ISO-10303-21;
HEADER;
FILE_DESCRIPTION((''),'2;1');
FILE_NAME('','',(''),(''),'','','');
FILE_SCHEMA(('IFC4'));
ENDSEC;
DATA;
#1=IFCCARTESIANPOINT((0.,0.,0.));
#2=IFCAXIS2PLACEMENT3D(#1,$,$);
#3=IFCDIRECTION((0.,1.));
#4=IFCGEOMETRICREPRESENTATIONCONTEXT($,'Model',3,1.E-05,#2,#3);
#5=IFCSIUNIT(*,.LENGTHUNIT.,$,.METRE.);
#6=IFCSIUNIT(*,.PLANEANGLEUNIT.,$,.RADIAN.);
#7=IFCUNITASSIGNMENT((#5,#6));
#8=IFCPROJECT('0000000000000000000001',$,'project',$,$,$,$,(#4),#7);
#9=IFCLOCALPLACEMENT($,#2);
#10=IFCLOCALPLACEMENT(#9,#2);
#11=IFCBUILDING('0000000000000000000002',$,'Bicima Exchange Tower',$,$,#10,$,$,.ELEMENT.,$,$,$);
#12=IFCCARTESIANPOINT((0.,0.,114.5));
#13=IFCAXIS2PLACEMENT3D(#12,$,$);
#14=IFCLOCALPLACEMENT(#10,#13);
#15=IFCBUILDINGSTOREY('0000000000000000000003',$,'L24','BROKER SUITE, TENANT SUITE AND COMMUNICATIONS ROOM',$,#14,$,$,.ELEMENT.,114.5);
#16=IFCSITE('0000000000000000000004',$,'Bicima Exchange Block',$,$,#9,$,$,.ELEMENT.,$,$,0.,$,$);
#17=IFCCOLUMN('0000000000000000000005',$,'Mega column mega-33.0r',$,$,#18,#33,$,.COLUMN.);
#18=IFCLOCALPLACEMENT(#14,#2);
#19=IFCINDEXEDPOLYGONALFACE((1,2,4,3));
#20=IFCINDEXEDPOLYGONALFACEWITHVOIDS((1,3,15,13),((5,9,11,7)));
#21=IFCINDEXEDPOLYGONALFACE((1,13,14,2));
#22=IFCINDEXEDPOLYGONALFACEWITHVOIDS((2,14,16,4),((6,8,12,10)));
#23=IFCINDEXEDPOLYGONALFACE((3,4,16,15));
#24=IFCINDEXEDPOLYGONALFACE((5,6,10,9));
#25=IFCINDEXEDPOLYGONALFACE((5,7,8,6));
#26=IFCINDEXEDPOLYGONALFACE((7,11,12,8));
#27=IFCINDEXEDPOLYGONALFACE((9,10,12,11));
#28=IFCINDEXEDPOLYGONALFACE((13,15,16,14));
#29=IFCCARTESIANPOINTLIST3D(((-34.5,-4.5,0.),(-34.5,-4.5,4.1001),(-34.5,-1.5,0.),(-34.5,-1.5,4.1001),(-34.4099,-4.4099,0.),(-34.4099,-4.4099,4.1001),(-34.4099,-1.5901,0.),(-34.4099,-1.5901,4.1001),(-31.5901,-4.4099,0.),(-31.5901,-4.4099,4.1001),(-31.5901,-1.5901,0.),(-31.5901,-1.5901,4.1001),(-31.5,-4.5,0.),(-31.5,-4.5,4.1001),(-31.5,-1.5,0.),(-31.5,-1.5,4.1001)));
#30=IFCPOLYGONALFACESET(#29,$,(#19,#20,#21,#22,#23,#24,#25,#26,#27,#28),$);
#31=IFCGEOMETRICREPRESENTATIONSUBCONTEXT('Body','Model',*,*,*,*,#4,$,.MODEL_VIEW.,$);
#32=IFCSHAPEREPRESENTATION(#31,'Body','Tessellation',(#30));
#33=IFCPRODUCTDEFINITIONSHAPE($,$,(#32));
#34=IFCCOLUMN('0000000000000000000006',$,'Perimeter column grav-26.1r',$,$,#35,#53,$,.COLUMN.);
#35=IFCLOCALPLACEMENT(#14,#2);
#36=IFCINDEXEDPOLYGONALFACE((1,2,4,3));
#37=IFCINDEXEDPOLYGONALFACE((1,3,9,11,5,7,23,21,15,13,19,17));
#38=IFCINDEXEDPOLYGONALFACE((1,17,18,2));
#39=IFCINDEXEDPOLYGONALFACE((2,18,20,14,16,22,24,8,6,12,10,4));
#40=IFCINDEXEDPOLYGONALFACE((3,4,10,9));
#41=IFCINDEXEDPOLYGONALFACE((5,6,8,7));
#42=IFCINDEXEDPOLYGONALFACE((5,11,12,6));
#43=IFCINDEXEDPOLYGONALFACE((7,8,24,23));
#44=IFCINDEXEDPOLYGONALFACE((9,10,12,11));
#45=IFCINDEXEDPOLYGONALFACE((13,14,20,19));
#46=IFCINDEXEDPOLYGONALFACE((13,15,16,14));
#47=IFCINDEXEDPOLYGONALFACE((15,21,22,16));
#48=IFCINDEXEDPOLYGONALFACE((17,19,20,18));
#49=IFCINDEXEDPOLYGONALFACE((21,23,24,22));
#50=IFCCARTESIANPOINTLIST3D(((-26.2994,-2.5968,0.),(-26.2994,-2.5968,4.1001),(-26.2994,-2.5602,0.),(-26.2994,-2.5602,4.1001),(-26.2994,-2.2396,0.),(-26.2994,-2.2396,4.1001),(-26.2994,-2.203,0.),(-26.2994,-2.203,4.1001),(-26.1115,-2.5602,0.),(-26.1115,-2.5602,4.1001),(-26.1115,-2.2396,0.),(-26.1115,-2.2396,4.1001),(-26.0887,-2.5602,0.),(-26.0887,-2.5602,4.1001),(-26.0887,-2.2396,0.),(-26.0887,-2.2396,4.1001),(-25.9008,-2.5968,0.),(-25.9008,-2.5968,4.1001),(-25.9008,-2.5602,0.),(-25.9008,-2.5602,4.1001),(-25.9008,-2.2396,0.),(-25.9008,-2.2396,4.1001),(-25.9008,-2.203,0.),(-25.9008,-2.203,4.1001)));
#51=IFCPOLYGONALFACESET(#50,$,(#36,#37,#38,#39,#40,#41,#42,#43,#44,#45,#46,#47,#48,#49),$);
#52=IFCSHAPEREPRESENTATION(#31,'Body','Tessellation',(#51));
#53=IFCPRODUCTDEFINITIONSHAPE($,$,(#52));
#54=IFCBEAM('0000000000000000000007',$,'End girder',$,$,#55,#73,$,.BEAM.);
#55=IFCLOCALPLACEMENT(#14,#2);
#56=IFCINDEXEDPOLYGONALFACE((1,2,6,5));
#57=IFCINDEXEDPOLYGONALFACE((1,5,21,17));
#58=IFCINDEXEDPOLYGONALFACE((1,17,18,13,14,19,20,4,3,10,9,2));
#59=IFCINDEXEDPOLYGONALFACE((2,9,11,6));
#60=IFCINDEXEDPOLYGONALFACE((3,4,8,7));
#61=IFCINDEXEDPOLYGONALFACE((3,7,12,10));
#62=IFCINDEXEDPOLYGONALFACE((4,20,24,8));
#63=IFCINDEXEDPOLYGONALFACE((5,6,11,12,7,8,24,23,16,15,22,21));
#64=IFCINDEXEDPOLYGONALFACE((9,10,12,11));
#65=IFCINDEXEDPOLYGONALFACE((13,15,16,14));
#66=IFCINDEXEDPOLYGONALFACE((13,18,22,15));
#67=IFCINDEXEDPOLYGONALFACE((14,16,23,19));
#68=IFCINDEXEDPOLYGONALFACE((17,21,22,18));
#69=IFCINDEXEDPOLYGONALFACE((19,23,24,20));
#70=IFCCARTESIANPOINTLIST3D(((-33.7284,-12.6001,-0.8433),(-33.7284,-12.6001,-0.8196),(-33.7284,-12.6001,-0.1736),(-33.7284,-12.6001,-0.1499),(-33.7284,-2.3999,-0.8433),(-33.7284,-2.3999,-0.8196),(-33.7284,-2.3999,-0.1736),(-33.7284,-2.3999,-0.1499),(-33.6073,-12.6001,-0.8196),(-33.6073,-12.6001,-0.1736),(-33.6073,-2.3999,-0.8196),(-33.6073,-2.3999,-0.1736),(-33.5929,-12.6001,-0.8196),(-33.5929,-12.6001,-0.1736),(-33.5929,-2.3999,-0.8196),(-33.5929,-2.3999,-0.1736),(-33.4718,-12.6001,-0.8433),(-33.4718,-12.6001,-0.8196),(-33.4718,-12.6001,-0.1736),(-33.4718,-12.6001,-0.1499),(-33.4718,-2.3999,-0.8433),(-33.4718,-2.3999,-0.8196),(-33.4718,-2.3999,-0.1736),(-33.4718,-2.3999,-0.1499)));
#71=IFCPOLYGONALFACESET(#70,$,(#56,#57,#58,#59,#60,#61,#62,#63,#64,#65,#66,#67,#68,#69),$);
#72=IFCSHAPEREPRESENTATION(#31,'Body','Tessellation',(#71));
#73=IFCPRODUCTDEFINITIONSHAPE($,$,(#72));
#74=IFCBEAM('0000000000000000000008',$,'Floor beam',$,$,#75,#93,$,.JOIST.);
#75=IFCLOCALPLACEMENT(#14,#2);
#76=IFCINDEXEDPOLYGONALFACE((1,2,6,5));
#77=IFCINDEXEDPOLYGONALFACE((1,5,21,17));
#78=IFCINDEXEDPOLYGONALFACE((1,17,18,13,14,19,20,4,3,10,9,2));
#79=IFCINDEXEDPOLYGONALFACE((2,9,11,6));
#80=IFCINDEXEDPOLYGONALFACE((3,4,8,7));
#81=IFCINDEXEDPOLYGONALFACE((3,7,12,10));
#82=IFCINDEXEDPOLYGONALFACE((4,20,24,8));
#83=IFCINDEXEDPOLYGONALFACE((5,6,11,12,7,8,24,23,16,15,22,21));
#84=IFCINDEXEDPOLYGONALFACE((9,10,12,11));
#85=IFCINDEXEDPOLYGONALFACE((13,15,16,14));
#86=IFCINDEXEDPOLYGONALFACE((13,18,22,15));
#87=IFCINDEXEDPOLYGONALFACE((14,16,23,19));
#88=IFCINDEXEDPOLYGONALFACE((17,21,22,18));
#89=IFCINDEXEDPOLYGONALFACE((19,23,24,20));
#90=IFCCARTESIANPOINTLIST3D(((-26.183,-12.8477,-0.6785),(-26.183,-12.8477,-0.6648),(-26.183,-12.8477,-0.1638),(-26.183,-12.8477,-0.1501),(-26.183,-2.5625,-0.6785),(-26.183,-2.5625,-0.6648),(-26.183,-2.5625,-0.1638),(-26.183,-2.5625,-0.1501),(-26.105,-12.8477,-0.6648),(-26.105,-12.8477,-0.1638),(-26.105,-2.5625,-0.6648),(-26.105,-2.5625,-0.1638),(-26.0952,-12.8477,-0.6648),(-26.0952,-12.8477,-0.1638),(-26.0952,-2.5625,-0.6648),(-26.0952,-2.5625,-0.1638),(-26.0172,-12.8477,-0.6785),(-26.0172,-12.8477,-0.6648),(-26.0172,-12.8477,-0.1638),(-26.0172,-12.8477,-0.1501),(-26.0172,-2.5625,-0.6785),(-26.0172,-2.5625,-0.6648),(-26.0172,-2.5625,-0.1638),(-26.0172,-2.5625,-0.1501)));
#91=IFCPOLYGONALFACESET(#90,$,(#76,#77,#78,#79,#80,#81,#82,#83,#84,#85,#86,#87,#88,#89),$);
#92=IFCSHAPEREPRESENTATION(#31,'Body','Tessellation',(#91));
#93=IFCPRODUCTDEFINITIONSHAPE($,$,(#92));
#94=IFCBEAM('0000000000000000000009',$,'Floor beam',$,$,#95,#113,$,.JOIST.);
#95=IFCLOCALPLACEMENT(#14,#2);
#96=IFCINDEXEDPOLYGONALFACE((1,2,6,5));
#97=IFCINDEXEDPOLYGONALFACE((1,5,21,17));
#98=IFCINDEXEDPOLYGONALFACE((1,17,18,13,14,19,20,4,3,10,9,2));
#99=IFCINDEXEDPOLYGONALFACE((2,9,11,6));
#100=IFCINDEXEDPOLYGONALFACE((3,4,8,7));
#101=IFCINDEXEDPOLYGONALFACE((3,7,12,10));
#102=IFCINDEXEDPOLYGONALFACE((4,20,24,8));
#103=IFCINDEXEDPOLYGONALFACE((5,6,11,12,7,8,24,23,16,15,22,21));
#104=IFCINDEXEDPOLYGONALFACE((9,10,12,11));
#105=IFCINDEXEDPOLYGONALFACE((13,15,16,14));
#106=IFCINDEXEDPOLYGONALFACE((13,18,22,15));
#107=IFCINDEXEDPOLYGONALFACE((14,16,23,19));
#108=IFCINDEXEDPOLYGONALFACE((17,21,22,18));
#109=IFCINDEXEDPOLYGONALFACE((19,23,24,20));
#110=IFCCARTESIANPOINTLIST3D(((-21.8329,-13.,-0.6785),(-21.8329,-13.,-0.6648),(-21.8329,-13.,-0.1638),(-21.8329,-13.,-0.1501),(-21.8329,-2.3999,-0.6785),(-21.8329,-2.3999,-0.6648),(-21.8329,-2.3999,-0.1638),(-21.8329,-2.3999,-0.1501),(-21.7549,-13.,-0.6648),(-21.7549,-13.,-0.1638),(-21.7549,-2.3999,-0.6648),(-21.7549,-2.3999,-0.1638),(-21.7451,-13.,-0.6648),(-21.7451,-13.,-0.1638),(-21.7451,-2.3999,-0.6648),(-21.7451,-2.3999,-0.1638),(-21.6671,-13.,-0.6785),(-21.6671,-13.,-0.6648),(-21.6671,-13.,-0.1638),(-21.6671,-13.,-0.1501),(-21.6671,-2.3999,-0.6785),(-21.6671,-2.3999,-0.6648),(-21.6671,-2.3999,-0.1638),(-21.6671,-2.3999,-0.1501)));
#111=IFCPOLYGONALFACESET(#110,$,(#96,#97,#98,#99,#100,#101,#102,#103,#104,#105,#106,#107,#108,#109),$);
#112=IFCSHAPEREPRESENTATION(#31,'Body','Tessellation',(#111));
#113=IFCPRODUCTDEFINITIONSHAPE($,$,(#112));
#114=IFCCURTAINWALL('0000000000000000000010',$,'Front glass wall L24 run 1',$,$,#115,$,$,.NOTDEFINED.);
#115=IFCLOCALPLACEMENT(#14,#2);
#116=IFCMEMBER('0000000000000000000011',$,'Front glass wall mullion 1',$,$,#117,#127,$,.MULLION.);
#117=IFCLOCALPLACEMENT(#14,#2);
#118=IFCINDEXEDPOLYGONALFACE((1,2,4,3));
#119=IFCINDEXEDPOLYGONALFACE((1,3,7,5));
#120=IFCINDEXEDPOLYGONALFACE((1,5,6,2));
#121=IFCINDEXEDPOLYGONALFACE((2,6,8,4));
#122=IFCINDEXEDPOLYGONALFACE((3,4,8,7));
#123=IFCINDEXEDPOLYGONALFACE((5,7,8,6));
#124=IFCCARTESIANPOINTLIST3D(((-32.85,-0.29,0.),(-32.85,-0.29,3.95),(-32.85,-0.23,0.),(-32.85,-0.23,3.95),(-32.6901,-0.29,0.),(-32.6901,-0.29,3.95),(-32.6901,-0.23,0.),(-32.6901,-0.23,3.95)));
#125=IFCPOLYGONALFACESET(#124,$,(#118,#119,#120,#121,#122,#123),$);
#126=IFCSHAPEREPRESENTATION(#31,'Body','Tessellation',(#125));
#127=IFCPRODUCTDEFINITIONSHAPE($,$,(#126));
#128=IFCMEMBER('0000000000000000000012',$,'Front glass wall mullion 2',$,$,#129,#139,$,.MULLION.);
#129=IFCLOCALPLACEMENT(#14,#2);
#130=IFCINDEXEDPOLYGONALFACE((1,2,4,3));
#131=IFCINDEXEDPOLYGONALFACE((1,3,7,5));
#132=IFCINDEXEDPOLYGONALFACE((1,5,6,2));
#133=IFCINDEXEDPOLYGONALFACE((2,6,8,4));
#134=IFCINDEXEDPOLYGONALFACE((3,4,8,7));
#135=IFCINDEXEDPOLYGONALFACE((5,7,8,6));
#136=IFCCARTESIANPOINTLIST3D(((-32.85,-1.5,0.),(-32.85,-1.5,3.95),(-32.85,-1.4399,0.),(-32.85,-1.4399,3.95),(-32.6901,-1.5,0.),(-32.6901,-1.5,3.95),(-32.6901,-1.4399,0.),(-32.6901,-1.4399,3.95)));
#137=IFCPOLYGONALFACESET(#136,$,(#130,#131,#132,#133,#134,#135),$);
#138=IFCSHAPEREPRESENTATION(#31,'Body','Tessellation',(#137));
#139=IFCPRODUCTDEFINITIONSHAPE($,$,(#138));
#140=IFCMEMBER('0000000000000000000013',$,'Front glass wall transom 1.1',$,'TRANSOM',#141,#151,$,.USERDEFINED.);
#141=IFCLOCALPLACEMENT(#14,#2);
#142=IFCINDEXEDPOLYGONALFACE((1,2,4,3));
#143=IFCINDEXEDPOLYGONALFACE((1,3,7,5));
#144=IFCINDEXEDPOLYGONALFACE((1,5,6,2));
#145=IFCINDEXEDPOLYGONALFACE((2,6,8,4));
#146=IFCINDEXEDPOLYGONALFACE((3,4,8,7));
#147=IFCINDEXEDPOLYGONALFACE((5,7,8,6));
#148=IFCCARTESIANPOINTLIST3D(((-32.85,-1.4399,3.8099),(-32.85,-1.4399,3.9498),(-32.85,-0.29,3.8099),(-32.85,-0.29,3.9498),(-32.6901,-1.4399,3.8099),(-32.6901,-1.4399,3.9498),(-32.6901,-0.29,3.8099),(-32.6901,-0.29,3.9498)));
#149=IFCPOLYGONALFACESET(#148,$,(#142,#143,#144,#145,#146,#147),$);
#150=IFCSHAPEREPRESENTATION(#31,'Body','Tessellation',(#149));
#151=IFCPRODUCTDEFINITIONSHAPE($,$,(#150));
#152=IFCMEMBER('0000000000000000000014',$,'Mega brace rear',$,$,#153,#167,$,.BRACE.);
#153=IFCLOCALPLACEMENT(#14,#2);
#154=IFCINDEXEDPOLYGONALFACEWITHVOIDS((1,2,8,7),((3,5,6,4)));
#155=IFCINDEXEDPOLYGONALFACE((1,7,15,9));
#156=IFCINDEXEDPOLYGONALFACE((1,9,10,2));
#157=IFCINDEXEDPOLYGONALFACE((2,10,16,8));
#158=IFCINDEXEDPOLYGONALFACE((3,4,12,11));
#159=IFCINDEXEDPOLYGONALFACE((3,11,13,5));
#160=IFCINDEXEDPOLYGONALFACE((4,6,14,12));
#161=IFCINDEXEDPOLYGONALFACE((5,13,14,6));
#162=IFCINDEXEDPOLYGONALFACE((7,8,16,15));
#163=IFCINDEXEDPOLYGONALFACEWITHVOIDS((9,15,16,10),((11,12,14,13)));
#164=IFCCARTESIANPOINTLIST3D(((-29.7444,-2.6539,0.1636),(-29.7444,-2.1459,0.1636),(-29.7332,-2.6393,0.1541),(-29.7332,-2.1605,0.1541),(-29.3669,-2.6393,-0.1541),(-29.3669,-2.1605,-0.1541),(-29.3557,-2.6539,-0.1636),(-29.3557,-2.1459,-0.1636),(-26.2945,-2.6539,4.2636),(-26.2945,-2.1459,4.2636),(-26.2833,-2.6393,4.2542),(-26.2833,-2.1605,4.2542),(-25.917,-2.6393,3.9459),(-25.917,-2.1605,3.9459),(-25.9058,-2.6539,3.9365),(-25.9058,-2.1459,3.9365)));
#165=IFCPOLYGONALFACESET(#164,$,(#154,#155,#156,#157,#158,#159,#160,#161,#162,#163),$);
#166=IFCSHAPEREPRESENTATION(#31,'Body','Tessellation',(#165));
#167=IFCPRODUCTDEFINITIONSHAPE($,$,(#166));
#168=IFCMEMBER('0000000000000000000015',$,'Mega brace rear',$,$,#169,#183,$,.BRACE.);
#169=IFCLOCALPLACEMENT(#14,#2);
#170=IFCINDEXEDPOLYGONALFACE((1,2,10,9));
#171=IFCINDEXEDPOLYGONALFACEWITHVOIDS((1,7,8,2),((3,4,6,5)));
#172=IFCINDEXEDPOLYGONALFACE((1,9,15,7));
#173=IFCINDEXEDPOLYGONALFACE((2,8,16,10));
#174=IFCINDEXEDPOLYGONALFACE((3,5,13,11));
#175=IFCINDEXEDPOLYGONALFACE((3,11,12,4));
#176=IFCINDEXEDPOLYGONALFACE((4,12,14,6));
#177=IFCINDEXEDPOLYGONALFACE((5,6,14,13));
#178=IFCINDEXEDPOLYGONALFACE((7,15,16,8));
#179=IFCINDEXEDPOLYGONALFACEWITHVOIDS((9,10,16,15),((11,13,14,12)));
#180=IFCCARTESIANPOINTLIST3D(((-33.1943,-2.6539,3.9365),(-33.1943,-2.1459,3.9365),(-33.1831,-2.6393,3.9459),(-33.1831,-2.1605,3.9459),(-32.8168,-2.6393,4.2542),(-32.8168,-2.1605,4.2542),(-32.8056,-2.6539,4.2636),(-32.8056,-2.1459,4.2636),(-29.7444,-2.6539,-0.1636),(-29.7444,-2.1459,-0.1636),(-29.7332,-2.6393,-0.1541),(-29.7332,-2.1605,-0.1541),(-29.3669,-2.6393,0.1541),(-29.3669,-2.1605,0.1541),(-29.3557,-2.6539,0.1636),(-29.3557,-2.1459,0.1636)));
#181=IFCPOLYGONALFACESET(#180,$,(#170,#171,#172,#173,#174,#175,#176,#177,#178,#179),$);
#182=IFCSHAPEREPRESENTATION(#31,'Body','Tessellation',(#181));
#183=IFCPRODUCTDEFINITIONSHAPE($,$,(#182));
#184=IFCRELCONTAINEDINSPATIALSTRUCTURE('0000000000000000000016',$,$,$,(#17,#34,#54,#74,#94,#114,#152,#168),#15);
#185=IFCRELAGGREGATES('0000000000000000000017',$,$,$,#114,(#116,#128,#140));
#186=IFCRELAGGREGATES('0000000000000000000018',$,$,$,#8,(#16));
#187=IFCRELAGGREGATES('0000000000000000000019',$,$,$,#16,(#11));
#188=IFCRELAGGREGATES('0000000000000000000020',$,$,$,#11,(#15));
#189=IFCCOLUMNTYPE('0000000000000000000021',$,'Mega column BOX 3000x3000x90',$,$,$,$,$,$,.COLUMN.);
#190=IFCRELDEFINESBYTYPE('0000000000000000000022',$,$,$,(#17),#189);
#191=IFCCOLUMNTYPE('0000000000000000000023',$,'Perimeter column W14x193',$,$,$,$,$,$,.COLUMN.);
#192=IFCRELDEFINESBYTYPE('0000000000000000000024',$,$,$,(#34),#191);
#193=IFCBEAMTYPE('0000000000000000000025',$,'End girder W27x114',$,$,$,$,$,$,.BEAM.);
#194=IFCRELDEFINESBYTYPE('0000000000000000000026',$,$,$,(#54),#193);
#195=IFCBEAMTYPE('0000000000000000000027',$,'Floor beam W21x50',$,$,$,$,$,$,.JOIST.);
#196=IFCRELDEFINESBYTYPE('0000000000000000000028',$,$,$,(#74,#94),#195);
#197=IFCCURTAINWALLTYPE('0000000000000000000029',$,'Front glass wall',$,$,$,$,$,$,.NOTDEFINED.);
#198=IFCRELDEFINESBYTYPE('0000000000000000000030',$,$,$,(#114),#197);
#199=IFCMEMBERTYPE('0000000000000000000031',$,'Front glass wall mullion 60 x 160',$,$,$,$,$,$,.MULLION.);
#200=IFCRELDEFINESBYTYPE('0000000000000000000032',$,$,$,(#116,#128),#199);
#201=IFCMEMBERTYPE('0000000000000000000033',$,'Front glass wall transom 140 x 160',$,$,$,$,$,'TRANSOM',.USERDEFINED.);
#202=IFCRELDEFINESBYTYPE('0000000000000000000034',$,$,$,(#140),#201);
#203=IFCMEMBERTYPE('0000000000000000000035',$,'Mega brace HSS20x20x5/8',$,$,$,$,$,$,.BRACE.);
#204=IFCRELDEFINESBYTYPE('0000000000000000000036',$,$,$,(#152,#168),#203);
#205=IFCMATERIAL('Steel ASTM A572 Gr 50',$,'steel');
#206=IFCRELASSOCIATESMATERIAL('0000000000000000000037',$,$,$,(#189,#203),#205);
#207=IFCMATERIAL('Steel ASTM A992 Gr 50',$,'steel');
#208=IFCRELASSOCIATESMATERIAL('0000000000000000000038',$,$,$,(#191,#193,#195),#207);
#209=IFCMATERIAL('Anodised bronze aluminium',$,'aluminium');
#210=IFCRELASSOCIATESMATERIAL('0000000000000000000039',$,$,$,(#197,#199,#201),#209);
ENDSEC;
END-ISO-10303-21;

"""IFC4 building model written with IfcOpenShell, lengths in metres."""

from ifc_helpers import new_model, si_unit, direction, frame, origin, origin_2d, place, context, subcontext, project, spatial, rectangle, hollow_rectangle, i_section, extrude, material, material_profile, profile_set, type_object, element, aggregate, save


model = new_model("IFC4")

# Units and contexts
model_context = context("Model", 3, precision=1e-05, world=origin(), true_north=direction((0.0, 1.0)))
body_context = subcontext(model_context, "Body", "Model", "MODEL_VIEW")
ifc_project = project(units=[si_unit("LENGTHUNIT", "METRE"), si_unit("PLANEANGLEUNIT", "RADIAN")], contexts=[model_context])

# Site, building, storey
site_placement = place(None, origin())
site = spatial("IfcSite", under=ifc_project, at=site_placement, Name="Bicima Exchange Block", CompositionType="ELEMENT", RefElevation=0.0)
building_placement = place(site_placement, origin())
building = spatial("IfcBuilding", under=site, at=building_placement, Name="Bicima Exchange Tower", CompositionType="ELEMENT")
storey_placement = place(building_placement, frame((0.0, 0.0, 114.5)))
storey = spatial("IfcBuildingStorey", under=building, at=storey_placement, Name="L24", Description="BROKER SUITE, TENANT SUITE AND COMMUNICATIONS ROOM", CompositionType="ELEMENT", Elevation=114.5)

# Columns
ifc_material_1 = material(Name="Steel ASTM A572 Gr 50", Category="steel")
ifc_material_profile_1 = material_profile(ifc_material_1, hollow_rectangle(XDim=3.0, YDim=3.0, WallThickness=0.0901, at=origin_2d()))
ifc_profile_set_1 = profile_set([ifc_material_profile_1], Name="Steel ASTM A572 Gr 50")
column_type_1 = type_object("IfcColumnType", Name="Mega column BOX 3000x3000x90", PredefinedType="COLUMN", material=ifc_profile_set_1)
column_1_placement = place(storey_placement, frame((-33.0, -3.0, 0.0), z_axis=(0.0, 0.0, 1.0), x_axis=(1.0, 0.0, 0.0)))
element("IfcColumn", 1, at=column_1_placement, inside=storey, type_object=column_type_1, Name="Mega column mega-33.0r", PredefinedType="COLUMN", context=body_context, shape_type="SweptSolid", body=[
    extrude(hollow_rectangle(XDim=3.0, YDim=3.0, WallThickness=0.0901, at=origin_2d()), origin(), (0.0, 0.0, 1.0), 4.1001),
])
ifc_material_2 = material(Name="Steel ASTM A992 Gr 50", Category="steel")
ifc_material_profile_2 = material_profile(ifc_material_2, i_section(OverallWidth=0.3987, OverallDepth=0.3938, WebThickness=0.0227, FlangeThickness=0.0366, at=origin_2d()))
ifc_profile_set_2 = profile_set([ifc_material_profile_2], Name="Steel ASTM A992 Gr 50")
column_type_2 = type_object("IfcColumnType", Name="Perimeter column W14x193", PredefinedType="COLUMN", material=ifc_profile_set_2)
column_2_placement = place(storey_placement, frame((-26.1001, -2.3999, 0.0), z_axis=(0.0, 0.0, 1.0), x_axis=(1.0, 0.0, 0.0)))
element("IfcColumn", 2, at=column_2_placement, inside=storey, type_object=column_type_2, Name="Perimeter column grav-26.1r", PredefinedType="COLUMN", context=body_context, shape_type="SweptSolid", body=[
    extrude(i_section(OverallWidth=0.3987, OverallDepth=0.3938, WebThickness=0.0227, FlangeThickness=0.0366, at=origin_2d()), origin(), (0.0, 0.0, 1.0), 4.1001),
])

# Beams
ifc_material_profile_3 = material_profile(ifc_material_2, i_section(OverallWidth=0.2566, OverallDepth=0.6934, WebThickness=0.0144, FlangeThickness=0.0237, at=origin_2d()))
ifc_profile_set_3 = profile_set([ifc_material_profile_3], Name="Steel ASTM A992 Gr 50")
beam_type_1 = type_object("IfcBeamType", Name="End girder W27x114", PredefinedType="BEAM", material=ifc_profile_set_3)
beam_1_placement = place(storey_placement, frame((-33.6001, -2.3999, -0.4966), z_axis=(0.0, -1.0, 0.0), x_axis=(1.0, 0.0, 0.0)))
element("IfcBeam", 3, at=beam_1_placement, inside=storey, type_object=beam_type_1, Name="End girder", PredefinedType="BEAM", context=body_context, shape_type="SweptSolid", body=[
    extrude(i_section(OverallWidth=0.2566, OverallDepth=0.6934, WebThickness=0.0144, FlangeThickness=0.0237, at=origin_2d()), origin(), (0.0, 0.0, 1.0), 10.2002),
])
ifc_material_profile_4 = material_profile(ifc_material_2, i_section(OverallWidth=0.1658, OverallDepth=0.5283, WebThickness=0.0098, FlangeThickness=0.0137, at=origin_2d()))
ifc_profile_set_4 = profile_set([ifc_material_profile_4], Name="Steel ASTM A992 Gr 50")
beam_type_2 = type_object("IfcBeamType", Name="Floor beam W21x50", PredefinedType="JOIST", material=ifc_profile_set_4)
beam_2_placement = place(storey_placement, frame((-26.1001, -2.5625, -0.4143), z_axis=(0.0, -1.0, 0.0), x_axis=(1.0, 0.0, 0.0)))
element("IfcBeam", 4, at=beam_2_placement, inside=storey, type_object=beam_type_2, Name="Floor beam", PredefinedType="JOIST", context=body_context, shape_type="SweptSolid", body=[
    extrude(i_section(OverallWidth=0.1658, OverallDepth=0.5283, WebThickness=0.0098, FlangeThickness=0.0137, at=origin_2d()), origin(), (0.0, 0.0, 1.0), 10.2852),
])
beam_3_placement = place(storey_placement, frame((-21.75, -2.3999, -0.4143), z_axis=(0.0, -1.0, 0.0), x_axis=(1.0, 0.0, 0.0)))
element("IfcBeam", 5, at=beam_3_placement, inside=storey, type_object=beam_type_2, Name="Floor beam", PredefinedType="JOIST", context=body_context, shape_type="SweptSolid", body=[
    extrude(i_section(OverallWidth=0.1658, OverallDepth=0.5283, WebThickness=0.0098, FlangeThickness=0.0137, at=origin_2d()), origin(), (0.0, 0.0, 1.0), 10.6001),
])

# Curtain wall, members
ifc_material_3 = material(Name="Anodised bronze aluminium", Category="aluminium")
curtain_wall_type = type_object("IfcCurtainWallType", Name="Front glass wall", PredefinedType="NOTDEFINED", material=ifc_material_3)
curtain_wall_placement = place(storey_placement, origin())
curtain_wall = element("IfcCurtainWall", 6, at=curtain_wall_placement, inside=storey, type_object=curtain_wall_type, Name="Front glass wall L24 run 1", PredefinedType="NOTDEFINED")
ifc_material_profile_5 = material_profile(ifc_material_3, rectangle(XDim=0.1599, YDim=0.0601, at=origin_2d()))
ifc_profile_set_5 = profile_set([ifc_material_profile_5], Name="Anodised bronze aluminium")
member_type_1 = type_object("IfcMemberType", Name="Front glass wall mullion 60 x 160", PredefinedType="MULLION", material=ifc_profile_set_5)
member_1_placement = place(storey_placement, frame((-32.77, -0.26, 0.0), z_axis=(0.0, 0.0, 1.0), x_axis=(1.0, 0.0, 0.0)))
member_1 = element("IfcMember", 7, at=member_1_placement, type_object=member_type_1, Name="Front glass wall mullion 1", PredefinedType="MULLION", context=body_context, shape_type="SweptSolid", body=[
    extrude(rectangle(XDim=0.1599, YDim=0.0601, at=origin_2d()), origin(), (0.0, 0.0, 1.0), 3.95),
])
member_2_placement = place(storey_placement, frame((-32.77, -1.47, 0.0), z_axis=(0.0, 0.0, 1.0), x_axis=(1.0, 0.0, 0.0)))
member_2 = element("IfcMember", 8, at=member_2_placement, type_object=member_type_1, Name="Front glass wall mullion 2", PredefinedType="MULLION", context=body_context, shape_type="SweptSolid", body=[
    extrude(rectangle(XDim=0.1599, YDim=0.0601, at=origin_2d()), origin(), (0.0, 0.0, 1.0), 3.95),
])
ifc_material_profile_6 = material_profile(ifc_material_3, rectangle(XDim=0.1599, YDim=0.1399, at=origin_2d()))
ifc_profile_set_6 = profile_set([ifc_material_profile_6], Name="Anodised bronze aluminium")
member_type_2 = type_object("IfcMemberType", Name="Front glass wall transom 140 x 160", ElementType="TRANSOM", PredefinedType="USERDEFINED", material=ifc_profile_set_6)
member_3_placement = place(storey_placement, frame((-32.77, -0.29, 3.8799), z_axis=(0.0, -1.0, 0.0), x_axis=(1.0, 0.0, 0.0)))
member_3 = element("IfcMember", 9, at=member_3_placement, type_object=member_type_2, Name="Front glass wall transom 1.1", ObjectType="TRANSOM", PredefinedType="USERDEFINED", context=body_context, shape_type="SweptSolid", body=[
    extrude(rectangle(XDim=0.1599, YDim=0.1399, at=origin_2d()), origin(), (0.0, 0.0, 1.0), 1.1499),
])

# Members
ifc_material_profile_7 = material_profile(ifc_material_1, hollow_rectangle(XDim=0.5081, YDim=0.5081, WallThickness=0.0146, at=origin_2d()))
ifc_profile_set_7 = profile_set([ifc_material_profile_7], Name="Steel ASTM A572 Gr 50")
member_type_3 = type_object("IfcMemberType", Name="Mega brace HSS20x20x5/8", PredefinedType="BRACE", material=ifc_profile_set_7)
for number, where, z_axis, x_axis, name in (
    (10, (-29.55, -2.3999, 0.0), (0.643834, 0.0, 0.765165), (0.0, 1.0, 0.0), "Mega brace rear"),
    (11, (-29.55, -2.3999, 0.0), (-0.643834, 0.0, 0.765165), (0.0, -1.0, 0.0), "Mega brace rear"),
):
    element("IfcMember", number, at=place(storey_placement, frame(where, z_axis=z_axis, x_axis=x_axis)), inside=storey, type_object=member_type_3, Name=name, PredefinedType="BRACE", context=body_context, shape_type="SweptSolid", body=[
        extrude(hollow_rectangle(XDim=0.5081, YDim=0.5081, WallThickness=0.0146, at=origin_2d()), origin(), (0.0, 0.0, 1.0), 5.3584),
    ])

aggregate(curtain_wall, [member_1, member_2, member_3])

save(model, "model.ifc")
